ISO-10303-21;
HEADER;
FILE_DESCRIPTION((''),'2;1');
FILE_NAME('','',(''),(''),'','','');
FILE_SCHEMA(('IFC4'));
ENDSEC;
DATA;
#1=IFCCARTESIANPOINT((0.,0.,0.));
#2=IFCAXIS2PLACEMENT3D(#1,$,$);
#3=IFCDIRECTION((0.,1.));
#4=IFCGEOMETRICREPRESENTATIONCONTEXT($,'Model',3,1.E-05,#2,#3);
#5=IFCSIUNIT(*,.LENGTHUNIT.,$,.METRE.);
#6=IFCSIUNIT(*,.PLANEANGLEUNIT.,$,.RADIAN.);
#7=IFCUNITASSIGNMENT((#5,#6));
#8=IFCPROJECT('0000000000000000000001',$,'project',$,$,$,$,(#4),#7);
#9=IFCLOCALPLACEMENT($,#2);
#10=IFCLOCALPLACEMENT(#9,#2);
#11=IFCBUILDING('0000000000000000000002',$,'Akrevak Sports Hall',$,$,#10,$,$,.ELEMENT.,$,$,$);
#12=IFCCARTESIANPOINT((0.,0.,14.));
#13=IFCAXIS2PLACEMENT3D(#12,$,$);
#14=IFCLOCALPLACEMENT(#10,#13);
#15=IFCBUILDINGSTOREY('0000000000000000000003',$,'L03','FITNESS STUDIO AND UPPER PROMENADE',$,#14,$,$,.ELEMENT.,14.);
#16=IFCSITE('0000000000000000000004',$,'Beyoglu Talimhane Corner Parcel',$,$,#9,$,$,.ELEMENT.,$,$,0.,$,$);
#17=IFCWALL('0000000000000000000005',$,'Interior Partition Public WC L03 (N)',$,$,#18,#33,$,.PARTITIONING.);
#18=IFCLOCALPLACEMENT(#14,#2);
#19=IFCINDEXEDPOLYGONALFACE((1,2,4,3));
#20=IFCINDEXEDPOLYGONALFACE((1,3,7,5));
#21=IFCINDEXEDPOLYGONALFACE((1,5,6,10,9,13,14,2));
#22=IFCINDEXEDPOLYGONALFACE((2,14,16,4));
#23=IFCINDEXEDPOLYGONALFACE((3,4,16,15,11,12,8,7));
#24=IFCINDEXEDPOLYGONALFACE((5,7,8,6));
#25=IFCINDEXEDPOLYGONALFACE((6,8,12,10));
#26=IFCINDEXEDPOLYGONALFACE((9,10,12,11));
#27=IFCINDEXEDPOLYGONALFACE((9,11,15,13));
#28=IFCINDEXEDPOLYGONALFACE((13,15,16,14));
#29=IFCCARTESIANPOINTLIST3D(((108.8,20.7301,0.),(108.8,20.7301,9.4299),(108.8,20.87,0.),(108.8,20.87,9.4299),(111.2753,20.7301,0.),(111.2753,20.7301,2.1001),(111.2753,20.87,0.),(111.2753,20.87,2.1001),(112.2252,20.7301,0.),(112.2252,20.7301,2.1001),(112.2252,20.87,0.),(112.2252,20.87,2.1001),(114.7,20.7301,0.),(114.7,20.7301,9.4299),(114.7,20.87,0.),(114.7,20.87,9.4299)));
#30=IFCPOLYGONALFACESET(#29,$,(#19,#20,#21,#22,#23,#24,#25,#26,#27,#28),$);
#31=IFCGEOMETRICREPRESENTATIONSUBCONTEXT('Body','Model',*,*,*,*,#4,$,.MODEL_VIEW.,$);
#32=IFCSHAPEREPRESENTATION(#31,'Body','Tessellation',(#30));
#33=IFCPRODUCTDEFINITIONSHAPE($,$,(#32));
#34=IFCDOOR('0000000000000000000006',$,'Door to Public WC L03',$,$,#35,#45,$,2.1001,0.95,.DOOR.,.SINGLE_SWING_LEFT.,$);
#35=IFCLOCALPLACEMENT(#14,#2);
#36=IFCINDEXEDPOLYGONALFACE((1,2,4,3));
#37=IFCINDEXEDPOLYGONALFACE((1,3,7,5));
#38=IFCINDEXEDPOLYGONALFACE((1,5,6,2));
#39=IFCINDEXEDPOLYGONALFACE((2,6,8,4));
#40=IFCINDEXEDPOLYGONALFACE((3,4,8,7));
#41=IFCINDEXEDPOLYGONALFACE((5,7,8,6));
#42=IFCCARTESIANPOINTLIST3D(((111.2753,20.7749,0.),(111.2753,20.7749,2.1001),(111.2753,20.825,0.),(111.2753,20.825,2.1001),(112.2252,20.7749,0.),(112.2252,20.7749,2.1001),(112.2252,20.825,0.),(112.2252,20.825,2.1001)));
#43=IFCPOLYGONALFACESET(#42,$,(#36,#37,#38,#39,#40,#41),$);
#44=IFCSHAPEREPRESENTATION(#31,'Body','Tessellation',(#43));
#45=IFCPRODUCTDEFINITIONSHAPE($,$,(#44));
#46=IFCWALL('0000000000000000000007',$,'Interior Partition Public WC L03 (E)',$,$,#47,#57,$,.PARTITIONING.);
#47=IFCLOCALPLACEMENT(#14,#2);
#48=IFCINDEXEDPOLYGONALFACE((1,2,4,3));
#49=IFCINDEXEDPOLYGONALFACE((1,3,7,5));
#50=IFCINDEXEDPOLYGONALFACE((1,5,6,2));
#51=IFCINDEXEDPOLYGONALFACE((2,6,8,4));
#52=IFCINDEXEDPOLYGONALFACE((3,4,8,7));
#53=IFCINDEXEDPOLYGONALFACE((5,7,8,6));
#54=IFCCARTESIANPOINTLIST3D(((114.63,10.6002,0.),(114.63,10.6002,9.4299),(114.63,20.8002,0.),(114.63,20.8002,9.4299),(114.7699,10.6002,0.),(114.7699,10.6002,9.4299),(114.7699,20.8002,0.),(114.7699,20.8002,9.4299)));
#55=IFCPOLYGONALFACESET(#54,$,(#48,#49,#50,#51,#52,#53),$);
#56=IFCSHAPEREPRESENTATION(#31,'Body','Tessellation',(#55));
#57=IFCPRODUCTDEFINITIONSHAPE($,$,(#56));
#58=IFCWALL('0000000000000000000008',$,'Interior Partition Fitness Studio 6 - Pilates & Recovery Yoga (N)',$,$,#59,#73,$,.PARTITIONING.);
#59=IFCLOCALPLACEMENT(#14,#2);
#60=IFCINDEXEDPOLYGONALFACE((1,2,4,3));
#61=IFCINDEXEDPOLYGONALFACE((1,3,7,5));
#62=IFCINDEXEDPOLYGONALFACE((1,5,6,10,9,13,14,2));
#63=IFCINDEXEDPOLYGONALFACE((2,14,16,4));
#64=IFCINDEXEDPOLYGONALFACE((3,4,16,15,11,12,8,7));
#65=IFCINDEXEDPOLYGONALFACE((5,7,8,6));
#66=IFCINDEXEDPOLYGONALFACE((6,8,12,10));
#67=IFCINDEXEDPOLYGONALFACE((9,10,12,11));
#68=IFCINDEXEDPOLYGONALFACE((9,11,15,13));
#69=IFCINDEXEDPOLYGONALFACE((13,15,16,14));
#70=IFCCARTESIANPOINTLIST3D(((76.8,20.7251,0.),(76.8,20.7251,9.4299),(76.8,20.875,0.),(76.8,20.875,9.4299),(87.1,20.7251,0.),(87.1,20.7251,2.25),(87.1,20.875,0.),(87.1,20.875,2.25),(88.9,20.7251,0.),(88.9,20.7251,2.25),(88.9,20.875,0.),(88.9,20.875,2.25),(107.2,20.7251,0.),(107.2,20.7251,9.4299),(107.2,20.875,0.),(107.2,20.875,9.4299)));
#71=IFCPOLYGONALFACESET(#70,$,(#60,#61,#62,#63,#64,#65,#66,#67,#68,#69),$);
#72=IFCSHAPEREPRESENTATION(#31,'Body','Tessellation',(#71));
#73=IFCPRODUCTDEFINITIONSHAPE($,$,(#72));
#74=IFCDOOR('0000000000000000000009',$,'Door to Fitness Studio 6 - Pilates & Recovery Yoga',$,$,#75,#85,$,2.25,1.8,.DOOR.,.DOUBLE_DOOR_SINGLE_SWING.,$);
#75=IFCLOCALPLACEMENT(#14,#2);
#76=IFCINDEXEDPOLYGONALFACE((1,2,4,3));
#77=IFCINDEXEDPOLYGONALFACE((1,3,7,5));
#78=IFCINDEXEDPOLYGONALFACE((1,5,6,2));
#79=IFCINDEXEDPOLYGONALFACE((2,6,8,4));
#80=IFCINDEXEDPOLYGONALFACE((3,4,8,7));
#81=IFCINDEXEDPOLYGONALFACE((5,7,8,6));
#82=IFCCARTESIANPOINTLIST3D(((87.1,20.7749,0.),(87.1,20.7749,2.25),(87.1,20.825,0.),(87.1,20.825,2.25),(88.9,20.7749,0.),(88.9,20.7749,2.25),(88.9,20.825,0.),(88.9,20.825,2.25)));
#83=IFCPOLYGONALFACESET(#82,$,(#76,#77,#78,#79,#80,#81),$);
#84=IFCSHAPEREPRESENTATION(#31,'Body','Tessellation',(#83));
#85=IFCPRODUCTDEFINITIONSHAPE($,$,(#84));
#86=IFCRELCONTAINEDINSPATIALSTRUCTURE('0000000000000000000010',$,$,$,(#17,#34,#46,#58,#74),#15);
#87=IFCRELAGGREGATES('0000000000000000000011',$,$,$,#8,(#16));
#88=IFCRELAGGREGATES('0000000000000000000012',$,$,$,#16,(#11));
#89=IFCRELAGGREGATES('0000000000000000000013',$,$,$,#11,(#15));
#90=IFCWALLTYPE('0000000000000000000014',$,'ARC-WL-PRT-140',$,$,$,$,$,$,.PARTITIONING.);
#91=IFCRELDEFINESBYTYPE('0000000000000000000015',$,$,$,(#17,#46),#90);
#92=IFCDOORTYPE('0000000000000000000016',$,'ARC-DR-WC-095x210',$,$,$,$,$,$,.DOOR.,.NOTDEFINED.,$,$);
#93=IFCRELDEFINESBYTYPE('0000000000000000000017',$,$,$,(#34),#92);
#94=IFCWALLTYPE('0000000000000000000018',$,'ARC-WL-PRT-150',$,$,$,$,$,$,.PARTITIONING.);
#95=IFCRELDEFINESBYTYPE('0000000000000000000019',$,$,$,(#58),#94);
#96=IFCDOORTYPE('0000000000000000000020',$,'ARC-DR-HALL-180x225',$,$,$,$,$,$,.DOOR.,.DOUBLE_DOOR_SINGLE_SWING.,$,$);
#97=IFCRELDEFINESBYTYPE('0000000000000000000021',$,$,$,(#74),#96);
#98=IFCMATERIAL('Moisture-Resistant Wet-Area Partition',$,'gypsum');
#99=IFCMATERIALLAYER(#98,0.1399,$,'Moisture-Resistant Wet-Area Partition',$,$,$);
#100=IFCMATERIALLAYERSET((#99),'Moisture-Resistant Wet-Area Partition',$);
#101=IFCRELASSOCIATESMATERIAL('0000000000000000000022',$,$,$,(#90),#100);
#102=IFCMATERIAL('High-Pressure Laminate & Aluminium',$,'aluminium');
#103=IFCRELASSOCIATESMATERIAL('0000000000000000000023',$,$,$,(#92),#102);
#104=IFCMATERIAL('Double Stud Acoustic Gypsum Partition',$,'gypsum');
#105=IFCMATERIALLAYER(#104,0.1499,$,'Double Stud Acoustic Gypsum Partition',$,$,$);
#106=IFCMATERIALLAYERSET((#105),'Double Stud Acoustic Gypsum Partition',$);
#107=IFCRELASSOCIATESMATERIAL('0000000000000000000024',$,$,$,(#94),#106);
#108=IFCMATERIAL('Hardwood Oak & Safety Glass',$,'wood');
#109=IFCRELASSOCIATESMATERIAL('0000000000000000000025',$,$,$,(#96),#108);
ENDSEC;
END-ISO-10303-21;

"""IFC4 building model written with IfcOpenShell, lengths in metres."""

from ifc_helpers import new_model, si_unit, direction, frame, frame_2d, origin, place, context, subcontext, project, spatial, rectangle, extrude, material, layer, layer_set, type_object, element, fill, save


model = new_model("IFC4")

# Units and contexts
model_context = context("Model", 3, precision=1e-05, world=origin(), true_north=direction((0.0, 1.0)))
body_context = subcontext(model_context, "Body", "Model", "MODEL_VIEW")
ifc_project = project(units=[si_unit("LENGTHUNIT", "METRE"), si_unit("PLANEANGLEUNIT", "RADIAN")], contexts=[model_context])

# Site, building, storey
site_placement = place(None, origin())
site = spatial("IfcSite", under=ifc_project, at=site_placement, Name="Beyoglu Talimhane Corner Parcel", CompositionType="ELEMENT", RefElevation=0.0)
building_placement = place(site_placement, origin())
building = spatial("IfcBuilding", under=site, at=building_placement, Name="Akrevak Sports Hall", CompositionType="ELEMENT")
storey_placement = place(building_placement, frame((0.0, 0.0, 14.0)))
storey = spatial("IfcBuildingStorey", under=building, at=storey_placement, Name="L03", Description="FITNESS STUDIO AND UPPER PROMENADE", CompositionType="ELEMENT", Elevation=14.0)

# Wall, opening, door
ifc_material_1 = material(Name="Moisture-Resistant Wet-Area Partition", Category="gypsum")
ifc_layer_1 = layer(ifc_material_1, 0.1399, Name="Moisture-Resistant Wet-Area Partition")
ifc_layer_set_1 = layer_set([ifc_layer_1], Name="Moisture-Resistant Wet-Area Partition")
wall_type_1 = type_object("IfcWallType", Name="ARC-WL-PRT-140", PredefinedType="PARTITIONING", material=ifc_layer_set_1)
wall_1_placement = place(storey_placement, frame((108.8, 20.8, 0.0), z_axis=(0.0, 0.0, 1.0), x_axis=(1.0, 0.0, 0.0)))
wall_1 = element("IfcWall", 1, at=wall_1_placement, inside=storey, type_object=wall_type_1, Name="Interior Partition Public WC L03 (N)", PredefinedType="PARTITIONING", context=body_context, shape_type="SweptSolid", body=[
    extrude(rectangle(XDim=5.8999, YDim=0.1399, at=frame_2d((2.95, 0.0))), origin(), (0.0, 0.0, 1.0), 9.4299),
])
opening_1_placement = place(wall_1_placement, frame((2.4751, 0.0, 0.0)))
opening_1 = element("IfcOpeningElement", 2, at=opening_1_placement, cuts=wall_1, PredefinedType="OPENING", context=body_context, shape_type="SweptSolid", body=[
    extrude(rectangle(XDim=0.95, YDim=2.1001, at=frame_2d((0.4751, 1.05))), frame((0.0, 0.082, 0.0), z_axis=(0.0, -1.0, 0.0), x_axis=(1.0, 0.0, 0.0)), (0.0, 0.0, 1.0), 0.1638),
])
ifc_material_2 = material(Name="High-Pressure Laminate & Aluminium", Category="aluminium")
door_type_1 = type_object("IfcDoorType", Name="ARC-DR-WC-095x210", OperationType="NOTDEFINED", PredefinedType="DOOR", material=ifc_material_2)
door_1_placement = place(opening_1_placement, origin())
door_1 = element("IfcDoor", 3, at=door_1_placement, inside=storey, type_object=door_type_1, Name="Door to Public WC L03", OperationType="SINGLE_SWING_LEFT", OverallHeight=2.1001, OverallWidth=0.95, PredefinedType="DOOR", context=body_context, shape_type="SweptSolid", body=[
    extrude(rectangle(XDim=0.95, YDim=2.1001, at=frame_2d((0.4751, 1.05))), frame((0.0, 0.0249, 0.0), z_axis=(0.0, -1.0, 0.0), x_axis=(1.0, 0.0, 0.0)), (0.0, 0.0, 1.0), 0.05),
])
fill(opening_1, door_1)

# Wall
wall_2_placement = place(storey_placement, frame((114.7, 10.6001, 0.0), z_axis=(0.0, 0.0, 1.0), x_axis=(0.0, 1.0, 0.0)))
element("IfcWall", 4, at=wall_2_placement, inside=storey, type_object=wall_type_1, Name="Interior Partition Public WC L03 (E)", PredefinedType="PARTITIONING", context=body_context, shape_type="SweptSolid", body=[
    extrude(rectangle(XDim=10.2, YDim=0.1399, at=frame_2d((5.1001, 0.0))), origin(), (0.0, 0.0, 1.0), 9.4299),
])

# Wall, opening, door
ifc_material_3 = material(Name="Double Stud Acoustic Gypsum Partition", Category="gypsum")
ifc_layer_2 = layer(ifc_material_3, 0.1499, Name="Double Stud Acoustic Gypsum Partition")
ifc_layer_set_2 = layer_set([ifc_layer_2], Name="Double Stud Acoustic Gypsum Partition")
wall_type_2 = type_object("IfcWallType", Name="ARC-WL-PRT-150", PredefinedType="PARTITIONING", material=ifc_layer_set_2)
wall_3_placement = place(storey_placement, frame((76.8, 20.8, 0.0), z_axis=(0.0, 0.0, 1.0), x_axis=(1.0, 0.0, 0.0)))
wall_3 = element("IfcWall", 5, at=wall_3_placement, inside=storey, type_object=wall_type_2, Name="Interior Partition Fitness Studio 6 - Pilates & Recovery Yoga (N)", PredefinedType="PARTITIONING", context=body_context, shape_type="SweptSolid", body=[
    extrude(rectangle(XDim=30.3999, YDim=0.1499, at=frame_2d((15.2, 0.0))), origin(), (0.0, 0.0, 1.0), 9.4299),
])
opening_2_placement = place(wall_3_placement, frame((10.3, 0.0, 0.0)))
opening_2 = element("IfcOpeningElement", 6, at=opening_2_placement, cuts=wall_3, PredefinedType="OPENING", context=body_context, shape_type="SweptSolid", body=[
    extrude(rectangle(XDim=1.8, YDim=2.25, at=frame_2d((0.8999, 1.125))), frame((0.0, 0.0869, 0.0), z_axis=(0.0, -1.0, 0.0), x_axis=(1.0, 0.0, 0.0)), (0.0, 0.0, 1.0), 0.1738),
])
ifc_material_4 = material(Name="Hardwood Oak & Safety Glass", Category="wood")
door_type_2 = type_object("IfcDoorType", Name="ARC-DR-HALL-180x225", OperationType="DOUBLE_DOOR_SINGLE_SWING", PredefinedType="DOOR", material=ifc_material_4)
door_2_placement = place(opening_2_placement, origin())
door_2 = element("IfcDoor", 7, at=door_2_placement, inside=storey, type_object=door_type_2, Name="Door to Fitness Studio 6 - Pilates & Recovery Yoga", OperationType="DOUBLE_DOOR_SINGLE_SWING", OverallHeight=2.25, OverallWidth=1.8, PredefinedType="DOOR", context=body_context, shape_type="SweptSolid", body=[
    extrude(rectangle(XDim=1.8, YDim=2.25, at=frame_2d((0.8999, 1.125))), frame((0.0, 0.0249, 0.0), z_axis=(0.0, -1.0, 0.0), x_axis=(1.0, 0.0, 0.0)), (0.0, 0.0, 1.0), 0.05),
])
fill(opening_2, door_2)

save(model, "model.ifc")
